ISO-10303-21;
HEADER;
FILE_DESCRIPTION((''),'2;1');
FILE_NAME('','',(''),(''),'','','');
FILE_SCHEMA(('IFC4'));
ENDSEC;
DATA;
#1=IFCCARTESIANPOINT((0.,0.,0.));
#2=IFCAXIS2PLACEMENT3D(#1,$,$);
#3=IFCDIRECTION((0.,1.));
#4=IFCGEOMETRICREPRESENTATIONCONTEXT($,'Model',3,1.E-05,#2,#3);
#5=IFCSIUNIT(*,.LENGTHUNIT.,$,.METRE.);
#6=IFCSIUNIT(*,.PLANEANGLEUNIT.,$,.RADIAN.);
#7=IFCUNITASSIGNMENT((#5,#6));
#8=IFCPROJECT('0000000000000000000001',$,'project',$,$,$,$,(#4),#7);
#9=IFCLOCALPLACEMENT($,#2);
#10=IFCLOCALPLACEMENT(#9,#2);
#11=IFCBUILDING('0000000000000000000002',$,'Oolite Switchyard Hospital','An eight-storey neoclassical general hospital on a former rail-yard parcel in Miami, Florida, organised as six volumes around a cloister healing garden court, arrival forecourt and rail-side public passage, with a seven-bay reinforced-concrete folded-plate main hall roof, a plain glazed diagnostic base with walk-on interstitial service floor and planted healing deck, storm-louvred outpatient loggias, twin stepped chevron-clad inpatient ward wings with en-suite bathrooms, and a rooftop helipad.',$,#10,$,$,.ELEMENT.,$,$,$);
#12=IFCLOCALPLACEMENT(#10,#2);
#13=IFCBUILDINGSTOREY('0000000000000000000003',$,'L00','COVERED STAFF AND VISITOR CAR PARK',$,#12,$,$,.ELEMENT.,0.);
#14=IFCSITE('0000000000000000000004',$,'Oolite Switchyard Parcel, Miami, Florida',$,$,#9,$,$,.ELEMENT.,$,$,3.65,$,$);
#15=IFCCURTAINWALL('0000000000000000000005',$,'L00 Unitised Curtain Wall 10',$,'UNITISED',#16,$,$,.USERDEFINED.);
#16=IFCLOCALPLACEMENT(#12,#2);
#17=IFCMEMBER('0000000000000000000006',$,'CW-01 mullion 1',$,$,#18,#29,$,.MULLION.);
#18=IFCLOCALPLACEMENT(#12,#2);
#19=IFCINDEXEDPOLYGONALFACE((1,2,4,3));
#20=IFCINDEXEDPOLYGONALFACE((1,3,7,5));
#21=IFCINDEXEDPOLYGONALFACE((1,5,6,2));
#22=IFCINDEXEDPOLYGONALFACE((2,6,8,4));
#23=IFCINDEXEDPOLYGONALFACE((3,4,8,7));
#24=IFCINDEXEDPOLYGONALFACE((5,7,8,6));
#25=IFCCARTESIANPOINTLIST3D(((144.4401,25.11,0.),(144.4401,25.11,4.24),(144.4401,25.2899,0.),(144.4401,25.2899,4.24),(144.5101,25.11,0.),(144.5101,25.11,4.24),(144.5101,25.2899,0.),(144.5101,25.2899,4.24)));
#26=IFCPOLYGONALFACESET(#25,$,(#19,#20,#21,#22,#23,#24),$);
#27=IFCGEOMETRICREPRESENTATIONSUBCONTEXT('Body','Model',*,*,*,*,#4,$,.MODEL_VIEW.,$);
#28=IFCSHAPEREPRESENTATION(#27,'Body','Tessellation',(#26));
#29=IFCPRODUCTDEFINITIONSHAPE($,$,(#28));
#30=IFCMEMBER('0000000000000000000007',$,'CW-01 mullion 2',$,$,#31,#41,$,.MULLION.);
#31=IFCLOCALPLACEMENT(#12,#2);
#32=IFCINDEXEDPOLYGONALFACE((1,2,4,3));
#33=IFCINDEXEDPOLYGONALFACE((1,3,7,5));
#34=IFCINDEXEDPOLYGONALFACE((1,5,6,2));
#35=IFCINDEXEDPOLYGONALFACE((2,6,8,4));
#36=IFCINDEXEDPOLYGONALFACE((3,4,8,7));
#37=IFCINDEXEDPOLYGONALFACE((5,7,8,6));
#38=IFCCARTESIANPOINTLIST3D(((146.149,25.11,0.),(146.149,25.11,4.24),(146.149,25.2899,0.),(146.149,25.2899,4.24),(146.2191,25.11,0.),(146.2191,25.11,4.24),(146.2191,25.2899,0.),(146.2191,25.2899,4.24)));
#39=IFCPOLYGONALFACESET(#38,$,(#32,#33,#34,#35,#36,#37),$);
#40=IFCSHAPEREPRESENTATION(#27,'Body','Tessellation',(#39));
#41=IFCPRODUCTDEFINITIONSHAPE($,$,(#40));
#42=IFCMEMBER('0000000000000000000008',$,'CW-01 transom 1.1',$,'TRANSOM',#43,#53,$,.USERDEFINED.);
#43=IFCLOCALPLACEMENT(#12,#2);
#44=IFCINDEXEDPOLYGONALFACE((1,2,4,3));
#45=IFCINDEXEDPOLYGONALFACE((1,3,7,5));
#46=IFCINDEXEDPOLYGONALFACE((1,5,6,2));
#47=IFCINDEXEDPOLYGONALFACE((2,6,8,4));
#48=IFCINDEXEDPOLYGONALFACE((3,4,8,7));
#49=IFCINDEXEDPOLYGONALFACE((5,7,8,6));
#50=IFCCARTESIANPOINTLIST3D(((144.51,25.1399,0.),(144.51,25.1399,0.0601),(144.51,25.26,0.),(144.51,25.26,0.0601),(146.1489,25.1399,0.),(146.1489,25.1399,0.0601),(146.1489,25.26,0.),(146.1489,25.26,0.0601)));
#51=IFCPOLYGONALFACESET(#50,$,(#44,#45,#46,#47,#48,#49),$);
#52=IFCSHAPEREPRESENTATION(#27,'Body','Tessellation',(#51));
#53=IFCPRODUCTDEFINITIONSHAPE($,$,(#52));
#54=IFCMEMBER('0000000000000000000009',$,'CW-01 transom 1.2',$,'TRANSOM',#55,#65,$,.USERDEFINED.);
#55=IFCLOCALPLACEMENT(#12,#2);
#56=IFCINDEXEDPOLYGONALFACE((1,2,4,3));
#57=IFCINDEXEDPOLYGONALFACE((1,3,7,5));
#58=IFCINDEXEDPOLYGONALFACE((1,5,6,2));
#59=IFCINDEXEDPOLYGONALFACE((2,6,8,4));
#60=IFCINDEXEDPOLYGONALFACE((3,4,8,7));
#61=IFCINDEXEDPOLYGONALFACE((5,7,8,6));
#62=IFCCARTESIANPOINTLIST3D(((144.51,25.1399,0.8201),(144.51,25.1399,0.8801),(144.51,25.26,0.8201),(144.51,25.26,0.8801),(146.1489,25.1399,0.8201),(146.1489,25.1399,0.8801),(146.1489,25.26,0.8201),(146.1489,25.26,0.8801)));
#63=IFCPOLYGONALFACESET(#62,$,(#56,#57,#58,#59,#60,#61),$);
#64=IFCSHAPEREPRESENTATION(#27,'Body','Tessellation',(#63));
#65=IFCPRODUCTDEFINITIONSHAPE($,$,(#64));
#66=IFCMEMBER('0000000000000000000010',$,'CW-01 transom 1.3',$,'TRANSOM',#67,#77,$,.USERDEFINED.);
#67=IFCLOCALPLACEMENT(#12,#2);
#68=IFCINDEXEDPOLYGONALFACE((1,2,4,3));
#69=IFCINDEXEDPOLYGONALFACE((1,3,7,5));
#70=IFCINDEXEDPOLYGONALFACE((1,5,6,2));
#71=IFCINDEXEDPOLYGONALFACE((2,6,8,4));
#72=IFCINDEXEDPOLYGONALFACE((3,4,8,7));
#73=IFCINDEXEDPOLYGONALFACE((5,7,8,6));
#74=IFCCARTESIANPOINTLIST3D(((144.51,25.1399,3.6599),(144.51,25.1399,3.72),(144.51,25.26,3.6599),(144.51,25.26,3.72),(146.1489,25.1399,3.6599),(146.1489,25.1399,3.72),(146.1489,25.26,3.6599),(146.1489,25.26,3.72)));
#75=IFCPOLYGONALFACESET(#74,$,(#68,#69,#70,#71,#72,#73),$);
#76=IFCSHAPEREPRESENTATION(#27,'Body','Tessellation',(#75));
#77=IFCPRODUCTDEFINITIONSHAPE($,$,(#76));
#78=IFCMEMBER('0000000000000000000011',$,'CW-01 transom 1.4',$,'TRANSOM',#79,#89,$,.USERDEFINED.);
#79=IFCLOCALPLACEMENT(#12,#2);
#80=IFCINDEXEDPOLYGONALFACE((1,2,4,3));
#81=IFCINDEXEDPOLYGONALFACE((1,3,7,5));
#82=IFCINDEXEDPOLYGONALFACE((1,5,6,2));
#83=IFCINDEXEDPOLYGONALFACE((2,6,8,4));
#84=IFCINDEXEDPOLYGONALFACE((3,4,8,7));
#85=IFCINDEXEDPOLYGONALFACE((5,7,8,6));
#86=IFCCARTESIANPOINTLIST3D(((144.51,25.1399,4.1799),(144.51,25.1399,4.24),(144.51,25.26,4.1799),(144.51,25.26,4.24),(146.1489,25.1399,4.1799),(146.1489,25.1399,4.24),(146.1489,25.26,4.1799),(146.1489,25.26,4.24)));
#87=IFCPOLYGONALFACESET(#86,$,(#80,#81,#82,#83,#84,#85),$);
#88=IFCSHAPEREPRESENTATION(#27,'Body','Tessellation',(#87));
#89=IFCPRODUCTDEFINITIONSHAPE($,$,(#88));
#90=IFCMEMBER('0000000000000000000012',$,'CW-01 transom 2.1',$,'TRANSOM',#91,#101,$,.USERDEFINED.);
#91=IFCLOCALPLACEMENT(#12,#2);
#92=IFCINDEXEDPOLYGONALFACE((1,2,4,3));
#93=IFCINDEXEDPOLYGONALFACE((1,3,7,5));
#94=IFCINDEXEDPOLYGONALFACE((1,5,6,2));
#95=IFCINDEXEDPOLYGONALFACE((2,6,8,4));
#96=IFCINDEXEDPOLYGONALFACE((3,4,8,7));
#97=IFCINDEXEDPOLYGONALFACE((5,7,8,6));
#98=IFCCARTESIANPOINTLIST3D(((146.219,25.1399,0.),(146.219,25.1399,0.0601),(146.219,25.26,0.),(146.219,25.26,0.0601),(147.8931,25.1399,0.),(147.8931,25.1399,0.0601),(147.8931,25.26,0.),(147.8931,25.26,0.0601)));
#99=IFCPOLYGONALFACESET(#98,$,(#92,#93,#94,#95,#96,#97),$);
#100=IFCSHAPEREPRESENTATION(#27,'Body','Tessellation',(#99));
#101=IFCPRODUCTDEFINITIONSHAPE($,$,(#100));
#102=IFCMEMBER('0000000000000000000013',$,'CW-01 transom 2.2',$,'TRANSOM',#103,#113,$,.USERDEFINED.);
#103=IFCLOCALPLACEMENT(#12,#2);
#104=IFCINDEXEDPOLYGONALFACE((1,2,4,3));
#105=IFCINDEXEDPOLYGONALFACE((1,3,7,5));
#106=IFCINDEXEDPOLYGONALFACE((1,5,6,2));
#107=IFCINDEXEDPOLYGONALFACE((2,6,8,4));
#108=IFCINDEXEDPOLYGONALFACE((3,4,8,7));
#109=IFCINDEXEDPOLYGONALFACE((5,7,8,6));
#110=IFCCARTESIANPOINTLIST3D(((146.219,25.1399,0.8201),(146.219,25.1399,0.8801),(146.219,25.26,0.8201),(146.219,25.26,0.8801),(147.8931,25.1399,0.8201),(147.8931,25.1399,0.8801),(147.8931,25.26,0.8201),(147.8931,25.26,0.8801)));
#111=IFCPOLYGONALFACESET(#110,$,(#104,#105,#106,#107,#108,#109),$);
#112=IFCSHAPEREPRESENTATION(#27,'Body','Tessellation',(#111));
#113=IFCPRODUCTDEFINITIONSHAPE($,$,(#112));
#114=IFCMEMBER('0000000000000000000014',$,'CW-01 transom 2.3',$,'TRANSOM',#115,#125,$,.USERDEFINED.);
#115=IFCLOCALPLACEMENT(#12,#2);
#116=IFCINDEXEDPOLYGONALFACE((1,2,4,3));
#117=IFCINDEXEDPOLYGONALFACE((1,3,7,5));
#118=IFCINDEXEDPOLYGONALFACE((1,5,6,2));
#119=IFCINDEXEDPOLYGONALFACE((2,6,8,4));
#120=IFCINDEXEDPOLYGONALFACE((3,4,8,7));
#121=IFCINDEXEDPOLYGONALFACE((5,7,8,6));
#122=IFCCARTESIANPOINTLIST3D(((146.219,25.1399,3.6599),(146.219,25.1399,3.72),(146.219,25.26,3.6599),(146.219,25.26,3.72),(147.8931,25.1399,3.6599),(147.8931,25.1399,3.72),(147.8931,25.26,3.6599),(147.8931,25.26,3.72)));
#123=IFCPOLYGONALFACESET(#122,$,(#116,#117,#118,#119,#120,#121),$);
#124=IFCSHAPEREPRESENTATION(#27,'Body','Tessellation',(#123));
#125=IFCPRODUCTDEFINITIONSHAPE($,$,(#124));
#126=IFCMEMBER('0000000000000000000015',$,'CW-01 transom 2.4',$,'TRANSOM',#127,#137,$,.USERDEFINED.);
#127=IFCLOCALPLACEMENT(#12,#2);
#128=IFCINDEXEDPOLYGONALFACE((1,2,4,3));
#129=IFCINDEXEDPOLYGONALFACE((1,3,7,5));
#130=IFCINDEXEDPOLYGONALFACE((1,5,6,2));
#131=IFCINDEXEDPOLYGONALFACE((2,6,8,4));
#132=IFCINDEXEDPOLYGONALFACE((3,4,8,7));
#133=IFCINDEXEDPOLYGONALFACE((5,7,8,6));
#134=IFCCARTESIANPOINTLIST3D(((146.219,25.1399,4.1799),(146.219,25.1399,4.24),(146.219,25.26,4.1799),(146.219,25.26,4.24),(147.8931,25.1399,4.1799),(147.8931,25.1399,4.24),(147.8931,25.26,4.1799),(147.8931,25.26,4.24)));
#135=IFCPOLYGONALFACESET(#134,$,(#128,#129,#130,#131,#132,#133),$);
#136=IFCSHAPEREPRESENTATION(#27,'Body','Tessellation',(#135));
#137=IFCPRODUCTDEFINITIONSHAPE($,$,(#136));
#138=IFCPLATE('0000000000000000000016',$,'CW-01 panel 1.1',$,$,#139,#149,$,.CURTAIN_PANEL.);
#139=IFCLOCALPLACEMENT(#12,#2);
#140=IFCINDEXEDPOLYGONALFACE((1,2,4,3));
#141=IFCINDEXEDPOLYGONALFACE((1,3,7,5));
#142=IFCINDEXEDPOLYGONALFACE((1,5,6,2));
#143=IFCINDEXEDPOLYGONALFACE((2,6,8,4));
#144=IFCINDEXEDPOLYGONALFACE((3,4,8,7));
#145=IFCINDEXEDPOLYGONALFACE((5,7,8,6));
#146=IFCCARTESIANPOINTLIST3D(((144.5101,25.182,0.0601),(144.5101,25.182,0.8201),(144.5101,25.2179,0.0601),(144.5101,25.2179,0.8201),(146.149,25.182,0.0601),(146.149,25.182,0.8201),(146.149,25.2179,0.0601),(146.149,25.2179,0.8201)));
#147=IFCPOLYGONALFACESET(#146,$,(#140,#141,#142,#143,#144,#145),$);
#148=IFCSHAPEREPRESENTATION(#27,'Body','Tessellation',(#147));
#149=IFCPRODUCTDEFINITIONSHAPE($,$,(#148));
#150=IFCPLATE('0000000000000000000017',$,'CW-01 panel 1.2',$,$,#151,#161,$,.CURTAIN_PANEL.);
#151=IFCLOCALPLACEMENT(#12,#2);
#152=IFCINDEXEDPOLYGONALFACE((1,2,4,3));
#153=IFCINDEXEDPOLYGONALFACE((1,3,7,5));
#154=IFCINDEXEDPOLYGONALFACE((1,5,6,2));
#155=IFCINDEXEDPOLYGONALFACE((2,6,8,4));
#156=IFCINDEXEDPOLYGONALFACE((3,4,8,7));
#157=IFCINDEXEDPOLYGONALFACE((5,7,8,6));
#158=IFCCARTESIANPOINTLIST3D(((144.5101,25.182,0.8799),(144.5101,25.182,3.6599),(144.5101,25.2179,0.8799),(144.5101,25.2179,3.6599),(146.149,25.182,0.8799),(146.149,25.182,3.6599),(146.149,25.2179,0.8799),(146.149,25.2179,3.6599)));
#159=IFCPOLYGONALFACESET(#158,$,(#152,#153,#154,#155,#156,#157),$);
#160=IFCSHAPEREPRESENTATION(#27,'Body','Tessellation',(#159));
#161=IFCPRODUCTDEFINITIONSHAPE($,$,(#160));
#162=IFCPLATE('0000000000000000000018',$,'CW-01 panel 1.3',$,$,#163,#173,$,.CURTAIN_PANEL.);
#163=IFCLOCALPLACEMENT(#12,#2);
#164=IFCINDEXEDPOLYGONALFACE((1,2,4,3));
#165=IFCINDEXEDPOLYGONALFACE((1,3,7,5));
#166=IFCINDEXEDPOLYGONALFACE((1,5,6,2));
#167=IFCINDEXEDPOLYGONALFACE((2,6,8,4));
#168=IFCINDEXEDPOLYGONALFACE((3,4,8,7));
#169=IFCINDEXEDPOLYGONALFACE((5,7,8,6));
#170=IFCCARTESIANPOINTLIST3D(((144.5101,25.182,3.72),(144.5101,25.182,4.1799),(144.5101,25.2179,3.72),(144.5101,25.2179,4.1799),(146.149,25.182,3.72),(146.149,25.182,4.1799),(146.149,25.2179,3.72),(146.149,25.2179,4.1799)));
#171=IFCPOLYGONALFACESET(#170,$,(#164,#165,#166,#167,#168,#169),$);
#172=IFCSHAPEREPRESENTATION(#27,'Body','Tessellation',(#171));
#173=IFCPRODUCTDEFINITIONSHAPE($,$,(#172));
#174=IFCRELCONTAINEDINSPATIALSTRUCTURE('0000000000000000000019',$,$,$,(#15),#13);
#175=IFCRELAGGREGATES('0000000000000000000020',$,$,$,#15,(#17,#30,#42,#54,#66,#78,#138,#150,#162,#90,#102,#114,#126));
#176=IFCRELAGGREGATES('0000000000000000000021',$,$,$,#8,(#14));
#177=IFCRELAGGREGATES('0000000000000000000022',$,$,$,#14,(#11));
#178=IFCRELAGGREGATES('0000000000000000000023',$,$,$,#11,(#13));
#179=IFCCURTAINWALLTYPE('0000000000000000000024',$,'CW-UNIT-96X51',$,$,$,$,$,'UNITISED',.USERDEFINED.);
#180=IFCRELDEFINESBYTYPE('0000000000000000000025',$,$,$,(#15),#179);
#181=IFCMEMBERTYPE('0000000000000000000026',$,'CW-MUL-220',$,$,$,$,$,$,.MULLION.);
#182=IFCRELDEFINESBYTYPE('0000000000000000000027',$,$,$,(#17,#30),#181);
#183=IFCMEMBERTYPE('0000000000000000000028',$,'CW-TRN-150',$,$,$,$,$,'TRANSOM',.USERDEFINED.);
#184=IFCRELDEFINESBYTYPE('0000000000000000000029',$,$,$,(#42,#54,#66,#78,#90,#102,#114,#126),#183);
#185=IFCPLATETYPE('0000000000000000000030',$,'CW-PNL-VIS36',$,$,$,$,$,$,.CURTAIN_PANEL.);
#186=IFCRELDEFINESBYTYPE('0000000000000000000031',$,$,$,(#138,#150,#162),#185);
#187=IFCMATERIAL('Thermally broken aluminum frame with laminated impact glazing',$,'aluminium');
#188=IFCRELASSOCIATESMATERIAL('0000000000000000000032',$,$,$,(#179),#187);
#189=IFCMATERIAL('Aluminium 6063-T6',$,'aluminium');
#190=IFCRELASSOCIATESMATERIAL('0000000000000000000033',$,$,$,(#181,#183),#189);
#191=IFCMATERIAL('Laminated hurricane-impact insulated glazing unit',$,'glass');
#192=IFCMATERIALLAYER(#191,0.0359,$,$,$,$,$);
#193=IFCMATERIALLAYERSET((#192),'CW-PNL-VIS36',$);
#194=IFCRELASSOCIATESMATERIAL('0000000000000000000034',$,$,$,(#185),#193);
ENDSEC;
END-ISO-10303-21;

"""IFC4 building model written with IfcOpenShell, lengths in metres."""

from ifc_helpers import new_model, si_unit, direction, frame, origin, origin_2d, place, context, subcontext, project, spatial, rectangle, extrude, material, layer, layer_set, material_profile, profile_set, type_object, element, aggregate, save


model = new_model("IFC4")

# Units and contexts
model_context = context("Model", 3, precision=1e-05, world=origin(), true_north=direction((0.0, 1.0)))
body_context = subcontext(model_context, "Body", "Model", "MODEL_VIEW")
ifc_project = project(units=[si_unit("LENGTHUNIT", "METRE"), si_unit("PLANEANGLEUNIT", "RADIAN")], contexts=[model_context])

# Site, building, storey
site_placement = place(None, origin())
site = spatial("IfcSite", under=ifc_project, at=site_placement, Name="Oolite Switchyard Parcel, Miami, Florida", CompositionType="ELEMENT", RefElevation=3.65)
building_placement = place(site_placement, origin())
building = spatial("IfcBuilding", under=site, at=building_placement, Name="Oolite Switchyard Hospital", Description="An eight-storey neoclassical general hospital on a former rail-yard parcel in Miami, Florida, organised as six volumes around a cloister healing garden court, arrival forecourt and rail-side public passage, with a seven-bay reinforced-concrete folded-plate main hall roof, a plain glazed diagnostic base with walk-on interstitial service floor and planted healing deck, storm-louvred outpatient loggias, twin stepped chevron-clad inpatient ward wings with en-suite bathrooms, and a rooftop helipad.", CompositionType="ELEMENT")
storey_placement = place(building_placement, origin())
storey = spatial("IfcBuildingStorey", under=building, at=storey_placement, Name="L00", Description="COVERED STAFF AND VISITOR CAR PARK", CompositionType="ELEMENT", Elevation=0.0)

# Curtain wall, members, plates
ifc_material_1 = material(Name="Thermally broken aluminum frame with laminated impact glazing", Category="aluminium")
curtain_wall_type = type_object("IfcCurtainWallType", Name="CW-UNIT-96X51", ElementType="UNITISED", PredefinedType="USERDEFINED", material=ifc_material_1)
curtain_wall_placement = place(storey_placement, origin())
curtain_wall = element("IfcCurtainWall", 1, at=curtain_wall_placement, inside=storey, type_object=curtain_wall_type, Name="L00 Unitised Curtain Wall 10", ObjectType="UNITISED", PredefinedType="USERDEFINED")
ifc_material_2 = material(Name="Aluminium 6063-T6", Category="aluminium")
ifc_material_profile_1 = material_profile(ifc_material_2, rectangle(XDim=0.1799, YDim=0.0701, at=origin_2d()), Name="CWM70X180")
ifc_profile_set_1 = profile_set([ifc_material_profile_1], Name="Aluminium 6063-T6")
member_type_1 = type_object("IfcMemberType", Name="CW-MUL-220", PredefinedType="MULLION", material=ifc_profile_set_1)
member_1_placement = place(storey_placement, frame((144.4751, 25.2, 0.0), z_axis=(0.0, 0.0, 1.0), x_axis=(0.0, 1.0, 0.0)))
member_1 = element("IfcMember", 2, at=member_1_placement, type_object=member_type_1, Name="CW-01 mullion 1", PredefinedType="MULLION", context=body_context, shape_type="SweptSolid", body=[
    extrude(rectangle(XDim=0.1799, YDim=0.0701, at=origin_2d()), origin(), (0.0, 0.0, 1.0), 4.24),
])
member_2_placement = place(storey_placement, frame((146.1841, 25.2, 0.0), z_axis=(0.0, 0.0, 1.0), x_axis=(0.0, 1.0, 0.0)))
member_2 = element("IfcMember", 3, at=member_2_placement, type_object=member_type_1, Name="CW-01 mullion 2", PredefinedType="MULLION", context=body_context, shape_type="SweptSolid", body=[
    extrude(rectangle(XDim=0.1799, YDim=0.0701, at=origin_2d()), origin(), (0.0, 0.0, 1.0), 4.24),
])
ifc_material_profile_2 = material_profile(ifc_material_2, rectangle(XDim=0.1201, YDim=0.0601, at=origin_2d()), Name="CWT60X120")
ifc_profile_set_2 = profile_set([ifc_material_profile_2], Name="Aluminium 6063-T6")
member_type_2 = type_object("IfcMemberType", Name="CW-TRN-150", ElementType="TRANSOM", PredefinedType="USERDEFINED", material=ifc_profile_set_2)
member_3_placement = place(storey_placement, frame((144.51, 25.2, 0.03), z_axis=(1.0, 0.0, 0.0), x_axis=(0.0, 1.0, 0.0)))
member_3 = element("IfcMember", 4, at=member_3_placement, type_object=member_type_2, Name="CW-01 transom 1.1", ObjectType="TRANSOM", PredefinedType="USERDEFINED", context=body_context, shape_type="SweptSolid", body=[
    extrude(rectangle(XDim=0.1201, YDim=0.0601, at=origin_2d()), origin(), (0.0, 0.0, 1.0), 1.6389),
])
member_4_placement = place(storey_placement, frame((144.51, 25.2, 0.8501), z_axis=(1.0, 0.0, 0.0), x_axis=(0.0, 1.0, 0.0)))
member_4 = element("IfcMember", 5, at=member_4_placement, type_object=member_type_2, Name="CW-01 transom 1.2", ObjectType="TRANSOM", PredefinedType="USERDEFINED", context=body_context, shape_type="SweptSolid", body=[
    extrude(rectangle(XDim=0.1201, YDim=0.0601, at=origin_2d()), origin(), (0.0, 0.0, 1.0), 1.6389),
])
member_5_placement = place(storey_placement, frame((144.51, 25.2, 3.6899), z_axis=(1.0, 0.0, 0.0), x_axis=(0.0, 1.0, 0.0)))
member_5 = element("IfcMember", 6, at=member_5_placement, type_object=member_type_2, Name="CW-01 transom 1.3", ObjectType="TRANSOM", PredefinedType="USERDEFINED", context=body_context, shape_type="SweptSolid", body=[
    extrude(rectangle(XDim=0.1201, YDim=0.0601, at=origin_2d()), origin(), (0.0, 0.0, 1.0), 1.6389),
])
member_6_placement = place(storey_placement, frame((144.51, 25.2, 4.21), z_axis=(1.0, 0.0, 0.0), x_axis=(0.0, 1.0, 0.0)))
member_6 = element("IfcMember", 7, at=member_6_placement, type_object=member_type_2, Name="CW-01 transom 1.4", ObjectType="TRANSOM", PredefinedType="USERDEFINED", context=body_context, shape_type="SweptSolid", body=[
    extrude(rectangle(XDim=0.1201, YDim=0.0601, at=origin_2d()), origin(), (0.0, 0.0, 1.0), 1.6389),
])
member_7_placement = place(storey_placement, frame((146.219, 25.2, 0.03), z_axis=(1.0, 0.0, 0.0), x_axis=(0.0, 1.0, 0.0)))
member_7 = element("IfcMember", 8, at=member_7_placement, type_object=member_type_2, Name="CW-01 transom 2.1", ObjectType="TRANSOM", PredefinedType="USERDEFINED", context=body_context, shape_type="SweptSolid", body=[
    extrude(rectangle(XDim=0.1201, YDim=0.0601, at=origin_2d()), origin(), (0.0, 0.0, 1.0), 1.6741),
])
member_8_placement = place(storey_placement, frame((146.219, 25.2, 0.8501), z_axis=(1.0, 0.0, 0.0), x_axis=(0.0, 1.0, 0.0)))
member_8 = element("IfcMember", 9, at=member_8_placement, type_object=member_type_2, Name="CW-01 transom 2.2", ObjectType="TRANSOM", PredefinedType="USERDEFINED", context=body_context, shape_type="SweptSolid", body=[
    extrude(rectangle(XDim=0.1201, YDim=0.0601, at=origin_2d()), origin(), (0.0, 0.0, 1.0), 1.6741),
])
member_9_placement = place(storey_placement, frame((146.219, 25.2, 3.6899), z_axis=(1.0, 0.0, 0.0), x_axis=(0.0, 1.0, 0.0)))
member_9 = element("IfcMember", 10, at=member_9_placement, type_object=member_type_2, Name="CW-01 transom 2.3", ObjectType="TRANSOM", PredefinedType="USERDEFINED", context=body_context, shape_type="SweptSolid", body=[
    extrude(rectangle(XDim=0.1201, YDim=0.0601, at=origin_2d()), origin(), (0.0, 0.0, 1.0), 1.6741),
])
member_10_placement = place(storey_placement, frame((146.219, 25.2, 4.21), z_axis=(1.0, 0.0, 0.0), x_axis=(0.0, 1.0, 0.0)))
member_10 = element("IfcMember", 11, at=member_10_placement, type_object=member_type_2, Name="CW-01 transom 2.4", ObjectType="TRANSOM", PredefinedType="USERDEFINED", context=body_context, shape_type="SweptSolid", body=[
    extrude(rectangle(XDim=0.1201, YDim=0.0601, at=origin_2d()), origin(), (0.0, 0.0, 1.0), 1.6741),
])
ifc_material_3 = material(Name="Laminated hurricane-impact insulated glazing unit", Category="glass")
ifc_layer_1 = layer(ifc_material_3, 0.0359)
ifc_layer_set_1 = layer_set([ifc_layer_1], Name="CW-PNL-VIS36")
plate_type = type_object("IfcPlateType", Name="CW-PNL-VIS36", PredefinedType="CURTAIN_PANEL", material=ifc_layer_set_1)
plate_1_placement = place(storey_placement, frame((145.3296, 25.2, 0.0601), z_axis=(0.0, 0.0, 1.0), x_axis=(1.0, 0.0, 0.0)))
plate_1 = element("IfcPlate", 12, at=plate_1_placement, type_object=plate_type, Name="CW-01 panel 1.1", PredefinedType="CURTAIN_PANEL", context=body_context, shape_type="SweptSolid", body=[
    extrude(rectangle(XDim=1.6389, YDim=0.0359, at=origin_2d()), origin(), (0.0, 0.0, 1.0), 0.76),
])
plate_2_placement = place(storey_placement, frame((145.3296, 25.2, 0.8799), z_axis=(0.0, 0.0, 1.0), x_axis=(1.0, 0.0, 0.0)))
plate_2 = element("IfcPlate", 13, at=plate_2_placement, type_object=plate_type, Name="CW-01 panel 1.2", PredefinedType="CURTAIN_PANEL", context=body_context, shape_type="SweptSolid", body=[
    extrude(rectangle(XDim=1.6389, YDim=0.0359, at=origin_2d()), origin(), (0.0, 0.0, 1.0), 2.78),
])
plate_3_placement = place(storey_placement, frame((145.3296, 25.2, 3.72), z_axis=(0.0, 0.0, 1.0), x_axis=(1.0, 0.0, 0.0)))
plate_3 = element("IfcPlate", 14, at=plate_3_placement, type_object=plate_type, Name="CW-01 panel 1.3", PredefinedType="CURTAIN_PANEL", context=body_context, shape_type="SweptSolid", body=[
    extrude(rectangle(XDim=1.6389, YDim=0.0359, at=origin_2d()), origin(), (0.0, 0.0, 1.0), 0.46),
])
aggregate(curtain_wall, [member_1, member_2, member_3, member_4, member_5, member_6, plate_1, plate_2, plate_3, member_7, member_8, member_9, member_10])

save(model, "model.ifc")
